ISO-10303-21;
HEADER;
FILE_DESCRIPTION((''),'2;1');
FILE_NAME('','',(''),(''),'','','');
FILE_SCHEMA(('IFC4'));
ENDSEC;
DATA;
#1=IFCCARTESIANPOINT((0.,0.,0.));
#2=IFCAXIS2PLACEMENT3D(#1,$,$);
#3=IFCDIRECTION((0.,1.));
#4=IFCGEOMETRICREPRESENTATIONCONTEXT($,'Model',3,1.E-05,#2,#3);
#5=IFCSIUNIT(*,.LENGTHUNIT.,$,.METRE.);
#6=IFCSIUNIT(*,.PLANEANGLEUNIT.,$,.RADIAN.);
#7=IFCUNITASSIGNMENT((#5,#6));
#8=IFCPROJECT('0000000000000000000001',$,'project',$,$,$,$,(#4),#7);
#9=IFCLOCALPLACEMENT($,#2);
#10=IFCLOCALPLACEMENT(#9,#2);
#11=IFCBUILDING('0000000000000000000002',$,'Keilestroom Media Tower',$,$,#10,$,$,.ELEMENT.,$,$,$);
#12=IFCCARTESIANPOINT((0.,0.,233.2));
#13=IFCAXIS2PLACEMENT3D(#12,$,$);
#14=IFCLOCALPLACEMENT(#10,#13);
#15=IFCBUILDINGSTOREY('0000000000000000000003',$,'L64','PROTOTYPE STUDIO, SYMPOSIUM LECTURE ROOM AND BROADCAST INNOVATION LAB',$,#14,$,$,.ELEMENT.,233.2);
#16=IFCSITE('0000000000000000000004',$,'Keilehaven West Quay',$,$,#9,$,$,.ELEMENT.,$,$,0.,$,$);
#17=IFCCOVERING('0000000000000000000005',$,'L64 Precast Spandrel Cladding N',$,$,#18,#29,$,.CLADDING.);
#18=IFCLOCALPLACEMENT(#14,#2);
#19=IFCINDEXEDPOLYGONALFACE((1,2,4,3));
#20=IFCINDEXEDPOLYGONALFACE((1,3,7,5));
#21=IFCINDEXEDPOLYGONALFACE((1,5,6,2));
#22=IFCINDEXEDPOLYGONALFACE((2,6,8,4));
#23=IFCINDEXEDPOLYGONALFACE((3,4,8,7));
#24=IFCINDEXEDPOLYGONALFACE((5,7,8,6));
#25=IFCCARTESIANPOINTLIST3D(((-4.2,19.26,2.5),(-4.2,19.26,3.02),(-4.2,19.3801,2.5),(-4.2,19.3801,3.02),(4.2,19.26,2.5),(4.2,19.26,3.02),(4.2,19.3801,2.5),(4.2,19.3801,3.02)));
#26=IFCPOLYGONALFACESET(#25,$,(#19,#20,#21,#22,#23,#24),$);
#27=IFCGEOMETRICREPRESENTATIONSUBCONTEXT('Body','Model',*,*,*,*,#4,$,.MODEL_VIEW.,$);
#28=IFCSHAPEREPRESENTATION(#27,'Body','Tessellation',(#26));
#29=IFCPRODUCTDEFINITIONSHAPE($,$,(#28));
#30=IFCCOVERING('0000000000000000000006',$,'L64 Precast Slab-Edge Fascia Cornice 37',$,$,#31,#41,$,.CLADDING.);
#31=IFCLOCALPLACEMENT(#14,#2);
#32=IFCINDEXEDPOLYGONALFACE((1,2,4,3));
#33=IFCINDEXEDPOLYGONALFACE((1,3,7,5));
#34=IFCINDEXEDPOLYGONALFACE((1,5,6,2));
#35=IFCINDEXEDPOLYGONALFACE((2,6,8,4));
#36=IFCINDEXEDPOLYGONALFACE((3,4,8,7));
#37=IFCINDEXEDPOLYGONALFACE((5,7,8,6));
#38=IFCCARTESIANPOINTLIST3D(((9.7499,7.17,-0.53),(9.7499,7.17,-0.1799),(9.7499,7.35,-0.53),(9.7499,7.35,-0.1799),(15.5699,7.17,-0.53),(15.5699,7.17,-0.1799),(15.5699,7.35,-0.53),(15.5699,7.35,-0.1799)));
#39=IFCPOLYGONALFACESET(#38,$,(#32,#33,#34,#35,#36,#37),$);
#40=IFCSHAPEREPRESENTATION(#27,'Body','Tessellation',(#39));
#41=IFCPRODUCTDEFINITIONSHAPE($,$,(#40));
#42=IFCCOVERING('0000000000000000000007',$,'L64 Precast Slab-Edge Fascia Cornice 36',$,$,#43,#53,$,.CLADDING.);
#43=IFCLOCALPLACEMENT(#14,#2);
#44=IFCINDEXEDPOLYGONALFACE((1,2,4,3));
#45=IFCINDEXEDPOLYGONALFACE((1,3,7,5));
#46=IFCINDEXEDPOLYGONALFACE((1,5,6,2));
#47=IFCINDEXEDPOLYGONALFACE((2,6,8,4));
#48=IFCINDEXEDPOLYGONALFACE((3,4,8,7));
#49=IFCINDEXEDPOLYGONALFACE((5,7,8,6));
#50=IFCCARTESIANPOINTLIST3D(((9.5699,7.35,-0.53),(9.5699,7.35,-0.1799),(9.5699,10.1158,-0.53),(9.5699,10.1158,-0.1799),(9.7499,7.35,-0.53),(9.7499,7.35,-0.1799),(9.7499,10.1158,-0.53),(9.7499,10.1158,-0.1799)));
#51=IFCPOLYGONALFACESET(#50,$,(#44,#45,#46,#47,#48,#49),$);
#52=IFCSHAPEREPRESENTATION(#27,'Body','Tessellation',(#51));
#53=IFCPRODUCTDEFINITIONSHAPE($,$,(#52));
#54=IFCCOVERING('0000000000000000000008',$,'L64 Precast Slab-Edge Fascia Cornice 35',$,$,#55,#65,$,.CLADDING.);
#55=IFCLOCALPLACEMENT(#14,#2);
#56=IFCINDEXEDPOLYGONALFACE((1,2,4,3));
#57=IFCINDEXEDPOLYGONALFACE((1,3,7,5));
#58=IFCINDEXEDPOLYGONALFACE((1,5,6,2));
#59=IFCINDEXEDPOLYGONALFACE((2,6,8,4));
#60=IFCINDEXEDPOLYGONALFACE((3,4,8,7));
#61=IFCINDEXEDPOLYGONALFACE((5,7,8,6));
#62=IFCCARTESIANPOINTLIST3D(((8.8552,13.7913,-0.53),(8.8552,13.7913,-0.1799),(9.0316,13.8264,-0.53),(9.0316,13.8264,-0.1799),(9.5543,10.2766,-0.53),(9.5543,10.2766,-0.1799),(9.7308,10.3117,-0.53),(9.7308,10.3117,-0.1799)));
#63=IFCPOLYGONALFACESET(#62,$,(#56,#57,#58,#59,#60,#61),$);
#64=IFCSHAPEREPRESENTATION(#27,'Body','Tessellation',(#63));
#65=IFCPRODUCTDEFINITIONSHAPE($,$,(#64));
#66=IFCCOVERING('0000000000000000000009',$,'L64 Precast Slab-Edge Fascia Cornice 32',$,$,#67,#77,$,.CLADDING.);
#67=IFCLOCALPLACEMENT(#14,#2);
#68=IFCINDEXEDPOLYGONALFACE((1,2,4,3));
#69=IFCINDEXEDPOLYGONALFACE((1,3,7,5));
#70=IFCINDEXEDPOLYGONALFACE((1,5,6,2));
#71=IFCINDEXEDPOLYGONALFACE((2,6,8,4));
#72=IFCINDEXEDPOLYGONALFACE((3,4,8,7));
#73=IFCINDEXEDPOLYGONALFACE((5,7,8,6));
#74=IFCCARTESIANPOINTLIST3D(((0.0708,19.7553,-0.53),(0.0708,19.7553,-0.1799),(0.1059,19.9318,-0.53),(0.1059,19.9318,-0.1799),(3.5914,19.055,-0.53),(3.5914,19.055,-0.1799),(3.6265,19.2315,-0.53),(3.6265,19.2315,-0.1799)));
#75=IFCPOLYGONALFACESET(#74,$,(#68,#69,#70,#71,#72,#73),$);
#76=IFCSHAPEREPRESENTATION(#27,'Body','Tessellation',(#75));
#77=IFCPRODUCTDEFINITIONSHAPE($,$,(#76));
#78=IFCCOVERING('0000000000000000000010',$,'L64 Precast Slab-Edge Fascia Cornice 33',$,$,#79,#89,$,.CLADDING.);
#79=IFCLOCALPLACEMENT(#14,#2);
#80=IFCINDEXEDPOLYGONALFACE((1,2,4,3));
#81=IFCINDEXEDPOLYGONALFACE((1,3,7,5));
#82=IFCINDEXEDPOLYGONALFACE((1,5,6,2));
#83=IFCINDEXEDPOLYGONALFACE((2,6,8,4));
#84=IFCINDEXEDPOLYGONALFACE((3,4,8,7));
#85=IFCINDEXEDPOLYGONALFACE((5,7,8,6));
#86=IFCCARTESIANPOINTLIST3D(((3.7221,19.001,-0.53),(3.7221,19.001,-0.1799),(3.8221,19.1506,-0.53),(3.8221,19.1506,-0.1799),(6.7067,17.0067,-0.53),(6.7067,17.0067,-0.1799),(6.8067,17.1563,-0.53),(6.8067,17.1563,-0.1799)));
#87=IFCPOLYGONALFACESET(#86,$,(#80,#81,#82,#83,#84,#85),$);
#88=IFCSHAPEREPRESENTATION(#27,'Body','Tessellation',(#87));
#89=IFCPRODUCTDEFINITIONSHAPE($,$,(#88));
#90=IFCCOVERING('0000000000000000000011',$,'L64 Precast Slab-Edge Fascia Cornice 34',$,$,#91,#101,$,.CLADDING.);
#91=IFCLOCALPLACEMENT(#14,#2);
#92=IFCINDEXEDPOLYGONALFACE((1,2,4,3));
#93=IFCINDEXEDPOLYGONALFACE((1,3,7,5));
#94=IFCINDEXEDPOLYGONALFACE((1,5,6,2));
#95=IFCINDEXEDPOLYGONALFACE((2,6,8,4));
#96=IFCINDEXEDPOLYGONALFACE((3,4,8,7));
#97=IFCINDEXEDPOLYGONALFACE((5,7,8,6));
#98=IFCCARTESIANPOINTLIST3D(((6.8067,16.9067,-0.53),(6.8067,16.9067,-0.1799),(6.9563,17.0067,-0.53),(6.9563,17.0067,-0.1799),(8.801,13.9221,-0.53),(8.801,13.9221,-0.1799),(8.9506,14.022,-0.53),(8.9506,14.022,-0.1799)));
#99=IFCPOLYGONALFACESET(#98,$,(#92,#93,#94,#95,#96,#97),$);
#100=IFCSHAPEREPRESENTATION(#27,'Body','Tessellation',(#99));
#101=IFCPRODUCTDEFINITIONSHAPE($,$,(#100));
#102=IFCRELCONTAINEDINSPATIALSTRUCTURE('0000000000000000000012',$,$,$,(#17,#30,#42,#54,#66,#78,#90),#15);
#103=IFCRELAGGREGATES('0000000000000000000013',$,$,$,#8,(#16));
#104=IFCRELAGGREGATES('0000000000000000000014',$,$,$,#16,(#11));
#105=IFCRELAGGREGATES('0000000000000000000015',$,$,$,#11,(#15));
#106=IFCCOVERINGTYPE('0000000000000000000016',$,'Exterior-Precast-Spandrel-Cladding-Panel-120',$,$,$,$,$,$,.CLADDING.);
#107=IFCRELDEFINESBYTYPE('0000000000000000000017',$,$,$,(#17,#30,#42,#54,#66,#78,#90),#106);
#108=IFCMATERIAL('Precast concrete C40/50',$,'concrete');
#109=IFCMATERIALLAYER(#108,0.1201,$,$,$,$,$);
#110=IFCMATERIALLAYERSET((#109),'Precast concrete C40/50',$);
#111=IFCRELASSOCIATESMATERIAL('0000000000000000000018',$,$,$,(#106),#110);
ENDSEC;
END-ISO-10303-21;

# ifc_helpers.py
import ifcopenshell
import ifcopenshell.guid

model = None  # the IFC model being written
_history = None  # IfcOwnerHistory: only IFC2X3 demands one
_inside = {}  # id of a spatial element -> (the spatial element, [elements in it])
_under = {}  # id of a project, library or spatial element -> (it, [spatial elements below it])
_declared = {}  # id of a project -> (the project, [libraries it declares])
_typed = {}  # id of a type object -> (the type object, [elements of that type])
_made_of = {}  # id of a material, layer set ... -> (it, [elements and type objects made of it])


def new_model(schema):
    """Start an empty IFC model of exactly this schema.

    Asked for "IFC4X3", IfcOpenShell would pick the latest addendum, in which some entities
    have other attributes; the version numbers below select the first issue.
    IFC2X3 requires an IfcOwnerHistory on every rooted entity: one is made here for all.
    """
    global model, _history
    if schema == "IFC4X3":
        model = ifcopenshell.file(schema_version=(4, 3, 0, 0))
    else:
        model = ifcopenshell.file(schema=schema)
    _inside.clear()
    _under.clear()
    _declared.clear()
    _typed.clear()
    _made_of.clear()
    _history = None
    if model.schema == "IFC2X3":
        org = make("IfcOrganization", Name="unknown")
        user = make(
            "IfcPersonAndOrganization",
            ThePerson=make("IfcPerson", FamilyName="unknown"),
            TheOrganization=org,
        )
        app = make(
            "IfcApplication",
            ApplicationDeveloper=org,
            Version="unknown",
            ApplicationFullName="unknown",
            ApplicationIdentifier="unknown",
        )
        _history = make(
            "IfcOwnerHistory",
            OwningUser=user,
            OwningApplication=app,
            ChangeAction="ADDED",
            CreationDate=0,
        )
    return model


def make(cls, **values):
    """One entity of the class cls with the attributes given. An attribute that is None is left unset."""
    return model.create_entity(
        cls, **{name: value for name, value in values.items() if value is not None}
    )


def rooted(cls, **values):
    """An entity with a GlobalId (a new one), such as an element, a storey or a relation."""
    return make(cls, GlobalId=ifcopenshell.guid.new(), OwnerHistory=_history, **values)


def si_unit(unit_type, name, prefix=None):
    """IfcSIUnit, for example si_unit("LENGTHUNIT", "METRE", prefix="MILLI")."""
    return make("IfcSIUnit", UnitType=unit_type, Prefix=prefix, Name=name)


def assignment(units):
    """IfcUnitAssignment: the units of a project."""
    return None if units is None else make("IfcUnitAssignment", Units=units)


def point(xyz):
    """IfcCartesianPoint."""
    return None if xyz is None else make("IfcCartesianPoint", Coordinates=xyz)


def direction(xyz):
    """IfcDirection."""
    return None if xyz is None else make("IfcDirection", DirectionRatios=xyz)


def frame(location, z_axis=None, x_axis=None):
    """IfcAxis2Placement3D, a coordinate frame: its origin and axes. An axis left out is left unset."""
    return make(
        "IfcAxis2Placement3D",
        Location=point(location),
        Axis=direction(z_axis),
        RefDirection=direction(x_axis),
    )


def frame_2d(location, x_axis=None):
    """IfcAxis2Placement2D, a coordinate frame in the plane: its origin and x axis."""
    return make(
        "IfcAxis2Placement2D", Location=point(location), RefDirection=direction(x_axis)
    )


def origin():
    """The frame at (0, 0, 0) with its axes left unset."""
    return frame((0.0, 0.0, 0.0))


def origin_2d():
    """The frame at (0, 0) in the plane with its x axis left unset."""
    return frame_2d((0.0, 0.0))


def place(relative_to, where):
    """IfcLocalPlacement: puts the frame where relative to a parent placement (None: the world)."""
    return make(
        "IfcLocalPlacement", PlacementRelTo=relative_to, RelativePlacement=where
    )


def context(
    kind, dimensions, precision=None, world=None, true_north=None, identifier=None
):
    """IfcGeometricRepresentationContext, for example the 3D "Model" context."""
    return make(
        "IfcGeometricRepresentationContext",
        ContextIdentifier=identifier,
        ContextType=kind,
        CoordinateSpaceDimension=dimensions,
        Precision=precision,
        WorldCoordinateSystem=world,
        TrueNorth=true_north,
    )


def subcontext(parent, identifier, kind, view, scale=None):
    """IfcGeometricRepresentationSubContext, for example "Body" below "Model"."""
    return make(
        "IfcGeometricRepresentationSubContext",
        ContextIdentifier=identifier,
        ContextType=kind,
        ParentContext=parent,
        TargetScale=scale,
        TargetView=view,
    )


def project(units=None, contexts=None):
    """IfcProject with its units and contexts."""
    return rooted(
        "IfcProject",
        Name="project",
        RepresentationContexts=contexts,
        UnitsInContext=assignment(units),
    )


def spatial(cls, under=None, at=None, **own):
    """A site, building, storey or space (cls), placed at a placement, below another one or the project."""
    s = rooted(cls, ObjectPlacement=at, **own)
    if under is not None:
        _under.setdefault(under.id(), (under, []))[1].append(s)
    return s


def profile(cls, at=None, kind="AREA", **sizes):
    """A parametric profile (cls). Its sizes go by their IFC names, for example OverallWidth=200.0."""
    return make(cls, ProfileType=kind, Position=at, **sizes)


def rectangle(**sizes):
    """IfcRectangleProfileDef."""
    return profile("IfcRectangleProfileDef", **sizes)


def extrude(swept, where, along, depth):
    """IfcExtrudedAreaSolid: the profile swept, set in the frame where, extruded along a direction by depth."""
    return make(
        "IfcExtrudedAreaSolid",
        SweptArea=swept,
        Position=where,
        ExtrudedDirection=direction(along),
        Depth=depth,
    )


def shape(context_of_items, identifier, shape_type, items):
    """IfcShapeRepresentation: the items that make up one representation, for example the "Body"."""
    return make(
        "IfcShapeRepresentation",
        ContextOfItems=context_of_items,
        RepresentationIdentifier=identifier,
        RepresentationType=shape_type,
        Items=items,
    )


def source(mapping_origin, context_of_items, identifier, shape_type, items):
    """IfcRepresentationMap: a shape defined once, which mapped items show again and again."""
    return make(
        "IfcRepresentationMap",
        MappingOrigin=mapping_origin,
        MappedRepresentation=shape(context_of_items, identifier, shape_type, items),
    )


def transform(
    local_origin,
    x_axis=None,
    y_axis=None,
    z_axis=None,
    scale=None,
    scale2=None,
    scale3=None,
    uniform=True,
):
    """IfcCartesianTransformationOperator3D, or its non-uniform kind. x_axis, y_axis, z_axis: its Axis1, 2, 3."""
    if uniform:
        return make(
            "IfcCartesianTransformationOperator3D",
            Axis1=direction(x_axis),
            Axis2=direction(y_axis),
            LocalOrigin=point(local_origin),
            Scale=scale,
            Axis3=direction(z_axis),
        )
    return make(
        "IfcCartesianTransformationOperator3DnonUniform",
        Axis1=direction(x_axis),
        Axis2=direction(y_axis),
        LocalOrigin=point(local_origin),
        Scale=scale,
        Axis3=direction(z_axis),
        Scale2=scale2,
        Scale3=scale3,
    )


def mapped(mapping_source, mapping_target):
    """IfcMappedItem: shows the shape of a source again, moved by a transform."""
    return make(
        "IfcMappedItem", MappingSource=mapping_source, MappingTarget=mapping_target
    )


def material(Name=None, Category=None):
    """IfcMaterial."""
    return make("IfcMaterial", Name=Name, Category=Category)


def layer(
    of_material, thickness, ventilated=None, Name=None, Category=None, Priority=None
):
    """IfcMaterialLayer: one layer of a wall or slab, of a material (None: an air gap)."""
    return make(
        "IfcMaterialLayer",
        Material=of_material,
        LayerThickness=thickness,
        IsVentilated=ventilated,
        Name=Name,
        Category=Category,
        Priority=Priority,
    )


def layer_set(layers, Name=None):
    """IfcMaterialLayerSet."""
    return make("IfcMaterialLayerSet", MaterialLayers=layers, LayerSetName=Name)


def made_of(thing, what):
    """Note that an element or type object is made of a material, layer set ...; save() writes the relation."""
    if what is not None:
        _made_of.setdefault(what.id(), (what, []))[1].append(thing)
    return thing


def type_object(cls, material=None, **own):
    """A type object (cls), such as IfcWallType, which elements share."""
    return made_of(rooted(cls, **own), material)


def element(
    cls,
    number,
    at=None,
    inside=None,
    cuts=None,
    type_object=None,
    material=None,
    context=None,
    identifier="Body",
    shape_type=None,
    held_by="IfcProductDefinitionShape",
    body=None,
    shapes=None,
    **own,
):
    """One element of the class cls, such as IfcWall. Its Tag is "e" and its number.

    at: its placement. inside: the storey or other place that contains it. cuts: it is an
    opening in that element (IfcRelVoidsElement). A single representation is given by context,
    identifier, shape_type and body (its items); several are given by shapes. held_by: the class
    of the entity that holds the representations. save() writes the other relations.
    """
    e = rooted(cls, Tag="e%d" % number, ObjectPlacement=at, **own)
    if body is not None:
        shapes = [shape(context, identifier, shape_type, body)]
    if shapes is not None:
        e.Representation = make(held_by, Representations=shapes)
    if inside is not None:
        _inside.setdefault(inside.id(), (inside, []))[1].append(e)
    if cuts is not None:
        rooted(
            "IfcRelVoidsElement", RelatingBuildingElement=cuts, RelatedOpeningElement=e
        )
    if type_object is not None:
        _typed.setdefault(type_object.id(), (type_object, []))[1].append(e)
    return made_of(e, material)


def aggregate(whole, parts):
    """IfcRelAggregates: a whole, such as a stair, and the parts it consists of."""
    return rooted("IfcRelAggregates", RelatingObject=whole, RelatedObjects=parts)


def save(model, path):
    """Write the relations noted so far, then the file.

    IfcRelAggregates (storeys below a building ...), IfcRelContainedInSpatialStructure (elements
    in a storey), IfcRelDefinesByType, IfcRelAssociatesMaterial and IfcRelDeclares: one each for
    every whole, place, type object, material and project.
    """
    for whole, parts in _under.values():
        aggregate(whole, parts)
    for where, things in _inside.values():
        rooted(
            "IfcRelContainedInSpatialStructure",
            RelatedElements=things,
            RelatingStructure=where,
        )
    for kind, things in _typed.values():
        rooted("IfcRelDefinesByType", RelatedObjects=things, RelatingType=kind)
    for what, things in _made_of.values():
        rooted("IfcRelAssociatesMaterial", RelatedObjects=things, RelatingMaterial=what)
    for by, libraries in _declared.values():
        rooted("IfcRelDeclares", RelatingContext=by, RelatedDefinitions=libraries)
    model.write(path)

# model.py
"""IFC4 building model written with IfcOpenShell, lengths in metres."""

from ifc_helpers import new_model, si_unit, direction, frame, origin, origin_2d, place, context, subcontext, project, spatial, rectangle, extrude, source, transform, mapped, material, layer, layer_set, type_object, element, save


model = new_model("IFC4")

# Units and contexts
model_context = context("Model", 3, precision=1e-05, world=origin(), true_north=direction((0.0, 1.0)))
body_context = subcontext(model_context, "Body", "Model", "MODEL_VIEW")
ifc_project = project(units=[si_unit("LENGTHUNIT", "METRE"), si_unit("PLANEANGLEUNIT", "RADIAN")], contexts=[model_context])

# Site, building, storey
site_placement = place(None, origin())
site = spatial("IfcSite", under=ifc_project, at=site_placement, Name="Keilehaven West Quay", CompositionType="ELEMENT", RefElevation=0.0)
building_placement = place(site_placement, origin())
building = spatial("IfcBuilding", under=site, at=building_placement, Name="Keilestroom Media Tower", CompositionType="ELEMENT")
storey_placement = place(building_placement, frame((0.0, 0.0, 233.2)))
storey = spatial("IfcBuildingStorey", under=building, at=storey_placement, Name="L64", Description="PROTOTYPE STUDIO, SYMPOSIUM LECTURE ROOM AND BROADCAST INNOVATION LAB", CompositionType="ELEMENT", Elevation=233.2)

# Shared definitions
ifc_material_1 = material(Name="Precast concrete C40/50", Category="concrete")

# Coverings
ifc_layer_1 = layer(ifc_material_1, 0.1201)
ifc_layer_set_1 = layer_set([ifc_layer_1], Name="Precast concrete C40/50")
covering_type = type_object("IfcCoveringType", Name="Exterior-Precast-Spandrel-Cladding-Panel-120", PredefinedType="CLADDING", material=ifc_layer_set_1)
shared_shape_1 = source(origin(), body_context, "Body", "SweptSolid", [
    extrude(rectangle(XDim=8.3999, YDim=0.1201, at=origin_2d()), origin(), (0.0, 0.0, 1.0), 0.52),
])
covering_1_placement = place(storey_placement, frame((0.0, 19.3201, 2.5), z_axis=(0.0, 0.0, 1.0), x_axis=(1.0, 0.0, 0.0)))
element("IfcCovering", 1, at=covering_1_placement, inside=storey, type_object=covering_type, Name="L64 Precast Spandrel Cladding N", PredefinedType="CLADDING", context=body_context, shape_type="MappedRepresentation", body=[
    mapped(shared_shape_1, transform((0.0, 0.0, 0.0), x_axis=(1.0, 0.0, 0.0), y_axis=(0.0, 1.0, 0.0), z_axis=(0.0, 0.0, 1.0), scale=1.0)),
])
shared_shape_2 = source(origin(), body_context, "Body", "SweptSolid", [
    extrude(rectangle(XDim=5.8201, YDim=0.1799, at=origin_2d()), origin(), (0.0, 0.0, 1.0), 0.3501),
])
covering_2_placement = place(storey_placement, frame((12.6599, 7.26, -0.53), z_axis=(0.0, 0.0, 1.0), x_axis=(1.0, 0.0, 0.0)))
element("IfcCovering", 2, at=covering_2_placement, inside=storey, type_object=covering_type, Name="L64 Precast Slab-Edge Fascia Cornice 37", PredefinedType="CLADDING", context=body_context, shape_type="MappedRepresentation", body=[
    mapped(shared_shape_2, transform((0.0, 0.0, 0.0), x_axis=(1.0, 0.0, 0.0), y_axis=(0.0, 1.0, 0.0), z_axis=(0.0, 0.0, 1.0), scale=1.0)),
])
shared_shape_3 = source(origin(), body_context, "Body", "SweptSolid", [
    extrude(rectangle(XDim=2.7659, YDim=0.1799, at=origin_2d()), origin(), (0.0, 0.0, 1.0), 0.3501),
])
covering_3_placement = place(storey_placement, frame((9.6599, 8.7329, -0.53), z_axis=(0.0, 0.0, 1.0), x_axis=(0.0, -1.0, 0.0)))
element("IfcCovering", 3, at=covering_3_placement, inside=storey, type_object=covering_type, Name="L64 Precast Slab-Edge Fascia Cornice 36", PredefinedType="CLADDING", context=body_context, shape_type="MappedRepresentation", body=[
    mapped(shared_shape_3, transform((0.0, 0.0, 0.0), x_axis=(1.0, 0.0, 0.0), y_axis=(0.0, 1.0, 0.0), z_axis=(0.0, 0.0, 1.0), scale=1.0)),
])
shared_shape_4 = source(origin(), body_context, "Body", "SweptSolid", [
    extrude(rectangle(XDim=3.5835, YDim=0.1799, at=origin_2d()), origin(), (0.0, 0.0, 1.0), 0.3501),
])
covering_4_placement = place(storey_placement, frame((9.293, 12.0515, -0.53), z_axis=(0.0, 0.0, 1.0), x_axis=(0.195099, -0.980784, 0.0)))
element("IfcCovering", 4, at=covering_4_placement, inside=storey, type_object=covering_type, Name="L64 Precast Slab-Edge Fascia Cornice 35", PredefinedType="CLADDING", context=body_context, shape_type="MappedRepresentation", body=[
    mapped(shared_shape_4, transform((0.0, 0.0, 0.0), x_axis=(1.0, 0.0, 0.0), y_axis=(0.0, 1.0, 0.0), z_axis=(0.0, 0.0, 1.0), scale=1.0)),
])
shared_shape_5 = source(origin(), body_context, "Body", "SweptSolid", [
    extrude(rectangle(XDim=3.5896, YDim=0.1799, at=origin_2d()), origin(), (0.0, 0.0, 1.0), 0.3501),
])
for number, where, z_axis, x_axis, name in (
    (5, (1.8486, 19.4934, -0.53), (0.0, 0.0, 1.0), (0.980784, -0.195099, 0.0), "L64 Precast Slab-Edge Fascia Cornice 32"),
    (6, (5.2644, 18.0786, -0.53), (0.0, 0.0, 1.0), (0.831467, -0.555575, 0.0), "L64 Precast Slab-Edge Fascia Cornice 33"),
    (7, (7.8787, 15.4644, -0.53), (0.0, 0.0, 1.0), (0.555575, -0.831467, 0.0), "L64 Precast Slab-Edge Fascia Cornice 34"),
):
    element("IfcCovering", number, at=place(storey_placement, frame(where, z_axis=z_axis, x_axis=x_axis)), inside=storey, type_object=covering_type, Name=name, PredefinedType="CLADDING", context=body_context, shape_type="MappedRepresentation", body=[
        mapped(shared_shape_5, transform((0.0, 0.0, 0.0), x_axis=(1.0, 0.0, 0.0), y_axis=(0.0, 1.0, 0.0), z_axis=(0.0, 0.0, 1.0), scale=1.0)),
    ])

save(model, "model.ifc")
